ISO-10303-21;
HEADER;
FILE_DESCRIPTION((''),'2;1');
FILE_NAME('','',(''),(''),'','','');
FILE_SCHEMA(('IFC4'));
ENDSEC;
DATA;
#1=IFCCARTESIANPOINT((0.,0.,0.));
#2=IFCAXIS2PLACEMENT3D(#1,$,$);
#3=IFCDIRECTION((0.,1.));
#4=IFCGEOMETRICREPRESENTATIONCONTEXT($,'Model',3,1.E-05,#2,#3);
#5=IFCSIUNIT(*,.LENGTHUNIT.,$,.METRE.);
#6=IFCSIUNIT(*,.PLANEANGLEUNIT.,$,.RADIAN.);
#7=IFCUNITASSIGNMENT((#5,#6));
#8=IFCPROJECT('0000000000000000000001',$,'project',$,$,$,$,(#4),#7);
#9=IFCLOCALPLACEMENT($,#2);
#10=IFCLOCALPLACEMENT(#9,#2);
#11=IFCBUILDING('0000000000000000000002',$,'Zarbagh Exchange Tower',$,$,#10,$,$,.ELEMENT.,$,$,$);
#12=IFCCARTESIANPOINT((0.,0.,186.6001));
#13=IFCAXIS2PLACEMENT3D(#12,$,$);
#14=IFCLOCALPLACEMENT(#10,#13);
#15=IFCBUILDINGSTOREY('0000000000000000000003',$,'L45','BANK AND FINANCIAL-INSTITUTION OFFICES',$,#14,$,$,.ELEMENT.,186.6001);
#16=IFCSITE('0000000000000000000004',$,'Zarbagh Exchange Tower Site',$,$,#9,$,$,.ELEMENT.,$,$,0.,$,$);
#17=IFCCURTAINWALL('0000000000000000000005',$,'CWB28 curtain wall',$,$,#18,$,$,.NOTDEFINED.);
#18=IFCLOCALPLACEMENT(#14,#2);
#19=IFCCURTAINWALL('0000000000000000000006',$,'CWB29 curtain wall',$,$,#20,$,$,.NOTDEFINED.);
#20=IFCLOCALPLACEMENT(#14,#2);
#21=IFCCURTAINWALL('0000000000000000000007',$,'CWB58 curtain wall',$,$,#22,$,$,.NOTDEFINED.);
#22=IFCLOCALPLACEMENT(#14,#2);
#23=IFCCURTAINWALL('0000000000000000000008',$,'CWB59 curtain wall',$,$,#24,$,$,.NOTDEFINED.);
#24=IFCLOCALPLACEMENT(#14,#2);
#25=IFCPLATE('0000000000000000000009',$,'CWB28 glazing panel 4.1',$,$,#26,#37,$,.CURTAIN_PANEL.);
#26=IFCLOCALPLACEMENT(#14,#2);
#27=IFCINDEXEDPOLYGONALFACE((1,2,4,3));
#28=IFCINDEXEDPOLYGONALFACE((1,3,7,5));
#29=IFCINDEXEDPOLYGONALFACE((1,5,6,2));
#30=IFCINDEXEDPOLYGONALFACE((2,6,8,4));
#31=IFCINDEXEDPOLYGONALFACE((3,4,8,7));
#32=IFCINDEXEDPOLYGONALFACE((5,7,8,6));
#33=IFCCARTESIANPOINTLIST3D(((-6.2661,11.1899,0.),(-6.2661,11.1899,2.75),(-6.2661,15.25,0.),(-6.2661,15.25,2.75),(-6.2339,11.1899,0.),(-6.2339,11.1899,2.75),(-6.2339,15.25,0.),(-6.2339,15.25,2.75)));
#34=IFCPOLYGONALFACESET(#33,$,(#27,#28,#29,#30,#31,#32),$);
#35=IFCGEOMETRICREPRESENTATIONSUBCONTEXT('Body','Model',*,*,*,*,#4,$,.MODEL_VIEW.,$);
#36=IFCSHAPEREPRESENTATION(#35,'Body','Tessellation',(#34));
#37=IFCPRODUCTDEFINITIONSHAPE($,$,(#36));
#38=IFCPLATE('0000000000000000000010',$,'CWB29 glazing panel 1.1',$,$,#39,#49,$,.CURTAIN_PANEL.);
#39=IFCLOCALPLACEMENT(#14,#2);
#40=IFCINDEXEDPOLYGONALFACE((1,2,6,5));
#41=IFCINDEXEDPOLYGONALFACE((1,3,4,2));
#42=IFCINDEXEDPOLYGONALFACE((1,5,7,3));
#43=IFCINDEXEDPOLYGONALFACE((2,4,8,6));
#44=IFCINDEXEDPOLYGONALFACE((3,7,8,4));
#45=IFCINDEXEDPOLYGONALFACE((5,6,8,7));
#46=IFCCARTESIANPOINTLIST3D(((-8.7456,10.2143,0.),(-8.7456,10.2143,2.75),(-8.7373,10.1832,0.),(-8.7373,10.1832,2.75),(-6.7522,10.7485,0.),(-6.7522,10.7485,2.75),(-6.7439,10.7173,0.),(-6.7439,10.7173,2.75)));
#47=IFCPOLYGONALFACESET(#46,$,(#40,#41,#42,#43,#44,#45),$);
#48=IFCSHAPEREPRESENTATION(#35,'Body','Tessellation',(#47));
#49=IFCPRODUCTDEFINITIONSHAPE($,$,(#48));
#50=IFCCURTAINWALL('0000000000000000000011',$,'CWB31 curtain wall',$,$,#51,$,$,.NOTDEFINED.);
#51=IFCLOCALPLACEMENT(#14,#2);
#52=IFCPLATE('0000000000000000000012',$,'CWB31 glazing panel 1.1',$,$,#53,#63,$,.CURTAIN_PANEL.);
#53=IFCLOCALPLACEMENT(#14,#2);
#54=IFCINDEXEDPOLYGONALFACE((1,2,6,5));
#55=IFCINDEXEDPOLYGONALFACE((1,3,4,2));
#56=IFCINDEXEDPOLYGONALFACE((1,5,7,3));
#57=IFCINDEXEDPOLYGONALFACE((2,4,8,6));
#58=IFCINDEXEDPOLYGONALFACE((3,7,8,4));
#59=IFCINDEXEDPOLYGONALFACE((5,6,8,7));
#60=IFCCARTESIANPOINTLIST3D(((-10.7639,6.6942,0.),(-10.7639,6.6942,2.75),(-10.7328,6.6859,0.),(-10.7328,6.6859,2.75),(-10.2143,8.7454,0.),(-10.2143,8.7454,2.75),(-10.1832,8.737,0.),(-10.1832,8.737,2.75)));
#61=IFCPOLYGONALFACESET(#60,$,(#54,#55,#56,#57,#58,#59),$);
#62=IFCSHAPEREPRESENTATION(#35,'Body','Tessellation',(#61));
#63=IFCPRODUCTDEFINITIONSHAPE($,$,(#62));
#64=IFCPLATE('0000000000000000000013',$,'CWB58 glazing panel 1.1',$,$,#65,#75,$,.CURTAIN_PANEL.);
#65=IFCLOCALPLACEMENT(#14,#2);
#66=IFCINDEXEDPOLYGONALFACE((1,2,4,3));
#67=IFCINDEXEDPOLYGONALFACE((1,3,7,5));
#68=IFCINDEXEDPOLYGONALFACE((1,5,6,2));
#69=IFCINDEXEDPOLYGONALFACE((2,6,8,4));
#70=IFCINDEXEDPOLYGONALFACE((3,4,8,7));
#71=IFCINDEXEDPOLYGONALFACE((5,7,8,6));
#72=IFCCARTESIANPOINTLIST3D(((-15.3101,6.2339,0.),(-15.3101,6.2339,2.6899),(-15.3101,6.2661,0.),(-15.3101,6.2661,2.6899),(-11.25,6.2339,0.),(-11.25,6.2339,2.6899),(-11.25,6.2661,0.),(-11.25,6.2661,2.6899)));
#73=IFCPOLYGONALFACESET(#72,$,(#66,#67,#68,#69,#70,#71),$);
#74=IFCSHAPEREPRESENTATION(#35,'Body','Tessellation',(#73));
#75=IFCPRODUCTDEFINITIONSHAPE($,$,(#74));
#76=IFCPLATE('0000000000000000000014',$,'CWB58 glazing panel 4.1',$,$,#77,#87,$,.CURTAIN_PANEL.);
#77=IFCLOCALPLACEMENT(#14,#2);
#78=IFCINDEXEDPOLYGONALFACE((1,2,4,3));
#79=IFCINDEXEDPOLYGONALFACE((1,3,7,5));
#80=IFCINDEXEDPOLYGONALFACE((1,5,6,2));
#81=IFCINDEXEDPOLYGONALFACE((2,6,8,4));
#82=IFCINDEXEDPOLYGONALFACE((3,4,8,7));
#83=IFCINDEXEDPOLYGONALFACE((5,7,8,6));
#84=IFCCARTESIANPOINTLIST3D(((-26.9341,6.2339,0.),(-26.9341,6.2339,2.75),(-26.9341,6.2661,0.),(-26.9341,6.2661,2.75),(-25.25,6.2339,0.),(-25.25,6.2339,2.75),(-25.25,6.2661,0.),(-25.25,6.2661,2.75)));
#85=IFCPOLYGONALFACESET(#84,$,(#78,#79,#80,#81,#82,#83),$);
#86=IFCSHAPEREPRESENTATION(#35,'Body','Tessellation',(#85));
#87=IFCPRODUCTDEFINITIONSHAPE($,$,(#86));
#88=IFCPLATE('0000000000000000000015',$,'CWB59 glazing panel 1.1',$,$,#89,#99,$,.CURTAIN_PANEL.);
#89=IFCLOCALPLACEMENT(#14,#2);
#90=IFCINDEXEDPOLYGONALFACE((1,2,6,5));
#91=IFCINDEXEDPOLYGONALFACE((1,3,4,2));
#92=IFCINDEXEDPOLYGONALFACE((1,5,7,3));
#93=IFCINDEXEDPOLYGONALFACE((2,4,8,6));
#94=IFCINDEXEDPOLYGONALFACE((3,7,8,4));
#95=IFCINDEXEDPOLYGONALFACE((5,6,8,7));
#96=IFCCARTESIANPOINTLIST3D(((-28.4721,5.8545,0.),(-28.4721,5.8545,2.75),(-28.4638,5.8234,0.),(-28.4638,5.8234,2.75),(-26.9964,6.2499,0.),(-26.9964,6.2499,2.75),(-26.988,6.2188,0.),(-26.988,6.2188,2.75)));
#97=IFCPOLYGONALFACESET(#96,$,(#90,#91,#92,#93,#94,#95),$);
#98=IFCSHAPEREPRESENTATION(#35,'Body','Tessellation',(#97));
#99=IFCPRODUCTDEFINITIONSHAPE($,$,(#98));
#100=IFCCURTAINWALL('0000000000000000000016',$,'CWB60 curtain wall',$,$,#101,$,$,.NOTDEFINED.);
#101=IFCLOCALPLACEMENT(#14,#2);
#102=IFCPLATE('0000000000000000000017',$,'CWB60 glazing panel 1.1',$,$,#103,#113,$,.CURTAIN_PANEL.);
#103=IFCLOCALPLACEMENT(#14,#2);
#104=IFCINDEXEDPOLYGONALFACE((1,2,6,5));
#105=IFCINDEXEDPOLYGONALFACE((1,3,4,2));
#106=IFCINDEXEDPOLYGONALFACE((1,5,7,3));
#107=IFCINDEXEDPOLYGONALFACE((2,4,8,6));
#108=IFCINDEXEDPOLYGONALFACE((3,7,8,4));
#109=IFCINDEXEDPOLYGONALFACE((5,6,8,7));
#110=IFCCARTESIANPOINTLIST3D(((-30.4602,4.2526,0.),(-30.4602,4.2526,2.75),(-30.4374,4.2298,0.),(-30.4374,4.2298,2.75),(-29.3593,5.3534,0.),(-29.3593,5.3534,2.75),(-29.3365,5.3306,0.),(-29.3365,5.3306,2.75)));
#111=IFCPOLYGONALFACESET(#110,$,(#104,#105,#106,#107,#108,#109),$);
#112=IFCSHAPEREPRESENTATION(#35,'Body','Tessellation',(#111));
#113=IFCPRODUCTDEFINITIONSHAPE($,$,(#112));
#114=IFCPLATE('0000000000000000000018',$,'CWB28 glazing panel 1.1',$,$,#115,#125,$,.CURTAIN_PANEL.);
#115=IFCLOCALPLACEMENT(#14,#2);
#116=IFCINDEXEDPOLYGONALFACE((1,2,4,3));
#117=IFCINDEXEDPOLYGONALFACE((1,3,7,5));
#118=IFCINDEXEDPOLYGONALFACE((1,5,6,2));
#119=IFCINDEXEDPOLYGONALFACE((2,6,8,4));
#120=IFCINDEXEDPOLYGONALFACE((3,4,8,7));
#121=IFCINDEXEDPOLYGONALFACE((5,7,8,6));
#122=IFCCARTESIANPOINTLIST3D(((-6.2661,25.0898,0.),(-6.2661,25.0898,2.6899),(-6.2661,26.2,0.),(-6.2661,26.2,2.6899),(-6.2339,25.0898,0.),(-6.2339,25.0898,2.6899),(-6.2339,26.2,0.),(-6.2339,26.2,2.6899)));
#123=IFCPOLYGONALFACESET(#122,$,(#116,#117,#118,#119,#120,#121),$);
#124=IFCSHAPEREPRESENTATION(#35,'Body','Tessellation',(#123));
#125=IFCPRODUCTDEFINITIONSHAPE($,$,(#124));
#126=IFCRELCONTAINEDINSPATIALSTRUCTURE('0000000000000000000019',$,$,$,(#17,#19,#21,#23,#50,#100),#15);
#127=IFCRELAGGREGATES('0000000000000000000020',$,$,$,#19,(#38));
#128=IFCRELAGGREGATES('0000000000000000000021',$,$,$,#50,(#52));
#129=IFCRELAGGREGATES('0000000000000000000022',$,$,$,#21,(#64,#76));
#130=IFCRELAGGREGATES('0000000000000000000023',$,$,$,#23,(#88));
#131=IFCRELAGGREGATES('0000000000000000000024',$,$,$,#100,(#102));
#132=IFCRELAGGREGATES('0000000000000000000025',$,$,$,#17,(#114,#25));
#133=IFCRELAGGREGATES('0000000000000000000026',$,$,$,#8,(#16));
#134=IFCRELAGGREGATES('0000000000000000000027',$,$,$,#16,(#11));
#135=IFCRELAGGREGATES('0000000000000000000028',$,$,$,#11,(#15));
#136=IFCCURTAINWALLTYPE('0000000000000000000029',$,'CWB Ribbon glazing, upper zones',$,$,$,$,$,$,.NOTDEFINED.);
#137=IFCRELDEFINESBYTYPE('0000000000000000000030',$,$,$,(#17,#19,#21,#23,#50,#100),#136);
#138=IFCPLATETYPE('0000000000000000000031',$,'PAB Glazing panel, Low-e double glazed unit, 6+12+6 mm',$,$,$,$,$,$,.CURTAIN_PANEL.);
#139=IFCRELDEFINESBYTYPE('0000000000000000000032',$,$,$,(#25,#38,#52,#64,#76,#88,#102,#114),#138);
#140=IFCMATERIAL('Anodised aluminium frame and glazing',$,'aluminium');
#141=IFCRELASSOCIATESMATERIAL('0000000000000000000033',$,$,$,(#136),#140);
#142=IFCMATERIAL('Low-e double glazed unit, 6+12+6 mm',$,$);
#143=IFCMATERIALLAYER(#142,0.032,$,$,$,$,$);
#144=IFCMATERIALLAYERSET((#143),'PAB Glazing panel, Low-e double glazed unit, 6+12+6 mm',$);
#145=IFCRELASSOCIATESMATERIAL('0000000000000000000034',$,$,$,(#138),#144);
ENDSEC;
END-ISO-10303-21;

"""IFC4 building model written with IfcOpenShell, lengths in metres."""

from ifc_helpers import new_model, si_unit, direction, frame, origin, place, context, subcontext, project, spatial, polyline, outline, extrude, source, transform, mapped, material, layer, layer_set, type_object, element, aggregate, save


model = new_model("IFC4")

# Units and contexts
model_context = context("Model", 3, precision=1e-05, world=origin(), true_north=direction((0.0, 1.0)))
body_context = subcontext(model_context, "Body", "Model", "MODEL_VIEW")
ifc_project = project(units=[si_unit("LENGTHUNIT", "METRE"), si_unit("PLANEANGLEUNIT", "RADIAN")], contexts=[model_context])

# Site, building, storey
site_placement = place(None, origin())
site = spatial("IfcSite", under=ifc_project, at=site_placement, Name="Zarbagh Exchange Tower Site", CompositionType="ELEMENT", RefElevation=0.0)
building_placement = place(site_placement, origin())
building = spatial("IfcBuilding", under=site, at=building_placement, Name="Zarbagh Exchange Tower", CompositionType="ELEMENT")
storey_placement = place(building_placement, frame((0.0, 0.0, 186.6001)))
storey = spatial("IfcBuildingStorey", under=building, at=storey_placement, Name="L45", Description="BANK AND FINANCIAL-INSTITUTION OFFICES", CompositionType="ELEMENT", Elevation=186.6001)

# Curtain wall
ifc_material_1 = material(Name="Anodised aluminium frame and glazing", Category="aluminium")
curtain_wall_type = type_object("IfcCurtainWallType", Name="CWB Ribbon glazing, upper zones", PredefinedType="NOTDEFINED", material=ifc_material_1)
curtain_wall_1_placement = place(storey_placement, origin())
curtain_wall_1 = element("IfcCurtainWall", 1, at=curtain_wall_1_placement, inside=storey, type_object=curtain_wall_type, Name="CWB28 curtain wall", PredefinedType="NOTDEFINED")
placement = place(storey_placement, origin())

# Curtain wall
curtain_wall_2_placement = place(storey_placement, origin())
curtain_wall_2 = element("IfcCurtainWall", 2, at=curtain_wall_2_placement, inside=storey, type_object=curtain_wall_type, Name="CWB29 curtain wall", PredefinedType="NOTDEFINED")

# Curtain wall
curtain_wall_3_placement = place(storey_placement, origin())
curtain_wall_3 = element("IfcCurtainWall", 3, at=curtain_wall_3_placement, inside=storey, type_object=curtain_wall_type, Name="CWB58 curtain wall", PredefinedType="NOTDEFINED")

# Curtain wall
curtain_wall_4_placement = place(storey_placement, origin())
curtain_wall_4 = element("IfcCurtainWall", 4, at=curtain_wall_4_placement, inside=storey, type_object=curtain_wall_type, Name="CWB59 curtain wall", PredefinedType="NOTDEFINED")

# Shared definitions
ifc_material_2 = material(Name="Low-e double glazed unit, 6+12+6 mm")
ifc_layer = layer(ifc_material_2, 0.032)
ifc_layer_set = layer_set([ifc_layer], Name="PAB Glazing panel, Low-e double glazed unit, 6+12+6 mm")
plate_type = type_object("IfcPlateType", Name="PAB Glazing panel, Low-e double glazed unit, 6+12+6 mm", PredefinedType="CURTAIN_PANEL", material=ifc_layer_set)

# Plates
shared_shape_1 = source(origin(), body_context, "Body", "SweptSolid", [
    extrude(outline(polyline([(0.0, -0.0161), (4.0601, -0.0161), (4.0601, 0.0161), (0.0, 0.0161), (0.0, -0.0161)])), origin(), (0.0, 0.0, 1.0), 2.75),
])
plate_1 = element("IfcPlate", 5, at=placement, type_object=plate_type, Name="CWB28 glazing panel 4.1", PredefinedType="CURTAIN_PANEL", context=body_context, shape_type="MappedRepresentation", body=[
    mapped(shared_shape_1, transform((-6.25, 15.25, 0.0), x_axis=(0.0, -1.0, 0.0), y_axis=(1.0, 0.0, 0.0), z_axis=(0.0, 0.0, 1.0))),
])
shared_shape_2 = source(origin(), body_context, "Body", "SweptSolid", [
    extrude(outline(polyline([(0.0, -0.0161), (2.0637, -0.0161), (2.0637, 0.0161), (0.0, 0.0161), (0.0, -0.0161)])), origin(), (0.0, 0.0, 1.0), 2.75),
])
plate_2 = element("IfcPlate", 6, at=placement, type_object=plate_type, Name="CWB29 glazing panel 1.1", PredefinedType="CURTAIN_PANEL", context=body_context, shape_type="MappedRepresentation", body=[
    mapped(shared_shape_2, transform((-6.748, 10.7329, 0.0), x_axis=(-0.965924, -0.258825, 0.0), y_axis=(0.258825, -0.965924, 0.0), z_axis=(0.0, 0.0, 1.0))),
])
aggregate(curtain_wall_2, [plate_2])

# Curtain wall, plate
curtain_wall_5_placement = place(storey_placement, origin())
curtain_wall_5 = element("IfcCurtainWall", 7, at=curtain_wall_5_placement, inside=storey, type_object=curtain_wall_type, Name="CWB31 curtain wall", PredefinedType="NOTDEFINED")
shared_shape_3 = source(origin(), body_context, "Body", "SweptSolid", [
    extrude(outline(polyline([(0.0, -0.0161), (2.1235, -0.0161), (2.1235, 0.0161), (0.0, 0.0161), (0.0, -0.0161)])), origin(), (0.0, 0.0, 1.0), 2.75),
])
plate_3 = element("IfcPlate", 8, at=placement, type_object=plate_type, Name="CWB31 glazing panel 1.1", PredefinedType="CURTAIN_PANEL", context=body_context, shape_type="MappedRepresentation", body=[
    mapped(shared_shape_3, transform((-10.1987, 8.7412, 0.0), x_axis=(-0.258825, -0.965924, 0.0), y_axis=(0.965924, -0.258825, 0.0), z_axis=(0.0, 0.0, 1.0))),
])
aggregate(curtain_wall_5, [plate_3])

# Plates
shared_shape_4 = source(origin(), body_context, "Body", "SweptSolid", [
    extrude(outline(polyline([(0.0, -0.0161), (4.0601, -0.0161), (4.0601, 0.0161), (0.0, 0.0161), (0.0, -0.0161)])), origin(), (0.0, 0.0, 1.0), 2.6899),
])
plate_4 = element("IfcPlate", 9, at=placement, type_object=plate_type, Name="CWB58 glazing panel 1.1", PredefinedType="CURTAIN_PANEL", context=body_context, shape_type="MappedRepresentation", body=[
    mapped(shared_shape_4, transform((-11.25, 6.25, 0.0), x_axis=(-1.0, 0.0, 0.0), y_axis=(0.0, -1.0, 0.0), z_axis=(0.0, 0.0, 1.0))),
])
shared_shape_5 = source(origin(), body_context, "Body", "SweptSolid", [
    extrude(outline(polyline([(0.0, -0.0161), (1.6841, -0.0161), (1.6841, 0.0161), (0.0, 0.0161), (0.0, -0.0161)])), origin(), (0.0, 0.0, 1.0), 2.75),
])
plate_5 = element("IfcPlate", 10, at=placement, type_object=plate_type, Name="CWB58 glazing panel 4.1", PredefinedType="CURTAIN_PANEL", context=body_context, shape_type="MappedRepresentation", body=[
    mapped(shared_shape_5, transform((-25.25, 6.25, 0.0), x_axis=(-1.0, 0.0, 0.0), y_axis=(0.0, -1.0, 0.0), z_axis=(0.0, 0.0, 1.0))),
])
aggregate(curtain_wall_3, [plate_4, plate_5])
shared_shape_6 = source(origin(), body_context, "Body", "SweptSolid", [
    extrude(outline(polyline([(0.0, -0.0161), (1.5278, -0.0161), (1.5278, 0.0161), (0.0, 0.0161), (0.0, -0.0161)])), origin(), (0.0, 0.0, 1.0), 2.75),
])
plate_6 = element("IfcPlate", 11, at=placement, type_object=plate_type, Name="CWB59 glazing panel 1.1", PredefinedType="CURTAIN_PANEL", context=body_context, shape_type="MappedRepresentation", body=[
    mapped(shared_shape_6, transform((-26.9922, 6.2344, 0.0), x_axis=(-0.965924, -0.258825, 0.0), y_axis=(0.258825, -0.965924, 0.0), z_axis=(0.0, 0.0, 1.0))),
])
aggregate(curtain_wall_4, [plate_6])

# Curtain wall, plate
curtain_wall_6_placement = place(storey_placement, origin())
curtain_wall_6 = element("IfcCurtainWall", 12, at=curtain_wall_6_placement, inside=storey, type_object=curtain_wall_type, Name="CWB60 curtain wall", PredefinedType="NOTDEFINED")
shared_shape_7 = source(origin(), body_context, "Body", "SweptSolid", [
    extrude(outline(polyline([(0.0, -0.0161), (1.5569, -0.0161), (1.5569, 0.0161), (0.0, 0.0161), (0.0, -0.0161)])), origin(), (0.0, 0.0, 1.0), 2.75),
])
plate_7 = element("IfcPlate", 13, at=placement, type_object=plate_type, Name="CWB60 glazing panel 1.1", PredefinedType="CURTAIN_PANEL", context=body_context, shape_type="MappedRepresentation", body=[
    mapped(shared_shape_7, transform((-29.3479, 5.342, 0.0), x_axis=(-0.707107, -0.707107, 0.0), y_axis=(0.707107, -0.707107, 0.0), z_axis=(0.0, 0.0, 1.0))),
])
aggregate(curtain_wall_6, [plate_7])

# Plate
shared_shape_8 = source(origin(), body_context, "Body", "SweptSolid", [
    extrude(outline(polyline([(0.0, -0.0161), (1.1101, -0.0161), (1.1101, 0.0161), (0.0, 0.0161), (0.0, -0.0161)])), origin(), (0.0, 0.0, 1.0), 2.6899),
])
plate_8 = element("IfcPlate", 14, at=placement, type_object=plate_type, Name="CWB28 glazing panel 1.1", PredefinedType="CURTAIN_PANEL", context=body_context, shape_type="MappedRepresentation", body=[
    mapped(shared_shape_8, transform((-6.25, 26.2, 0.0), x_axis=(0.0, -1.0, 0.0), y_axis=(1.0, 0.0, 0.0), z_axis=(0.0, 0.0, 1.0))),
])
aggregate(curtain_wall_1, [plate_8, plate_1])

save(model, "model.ifc")
